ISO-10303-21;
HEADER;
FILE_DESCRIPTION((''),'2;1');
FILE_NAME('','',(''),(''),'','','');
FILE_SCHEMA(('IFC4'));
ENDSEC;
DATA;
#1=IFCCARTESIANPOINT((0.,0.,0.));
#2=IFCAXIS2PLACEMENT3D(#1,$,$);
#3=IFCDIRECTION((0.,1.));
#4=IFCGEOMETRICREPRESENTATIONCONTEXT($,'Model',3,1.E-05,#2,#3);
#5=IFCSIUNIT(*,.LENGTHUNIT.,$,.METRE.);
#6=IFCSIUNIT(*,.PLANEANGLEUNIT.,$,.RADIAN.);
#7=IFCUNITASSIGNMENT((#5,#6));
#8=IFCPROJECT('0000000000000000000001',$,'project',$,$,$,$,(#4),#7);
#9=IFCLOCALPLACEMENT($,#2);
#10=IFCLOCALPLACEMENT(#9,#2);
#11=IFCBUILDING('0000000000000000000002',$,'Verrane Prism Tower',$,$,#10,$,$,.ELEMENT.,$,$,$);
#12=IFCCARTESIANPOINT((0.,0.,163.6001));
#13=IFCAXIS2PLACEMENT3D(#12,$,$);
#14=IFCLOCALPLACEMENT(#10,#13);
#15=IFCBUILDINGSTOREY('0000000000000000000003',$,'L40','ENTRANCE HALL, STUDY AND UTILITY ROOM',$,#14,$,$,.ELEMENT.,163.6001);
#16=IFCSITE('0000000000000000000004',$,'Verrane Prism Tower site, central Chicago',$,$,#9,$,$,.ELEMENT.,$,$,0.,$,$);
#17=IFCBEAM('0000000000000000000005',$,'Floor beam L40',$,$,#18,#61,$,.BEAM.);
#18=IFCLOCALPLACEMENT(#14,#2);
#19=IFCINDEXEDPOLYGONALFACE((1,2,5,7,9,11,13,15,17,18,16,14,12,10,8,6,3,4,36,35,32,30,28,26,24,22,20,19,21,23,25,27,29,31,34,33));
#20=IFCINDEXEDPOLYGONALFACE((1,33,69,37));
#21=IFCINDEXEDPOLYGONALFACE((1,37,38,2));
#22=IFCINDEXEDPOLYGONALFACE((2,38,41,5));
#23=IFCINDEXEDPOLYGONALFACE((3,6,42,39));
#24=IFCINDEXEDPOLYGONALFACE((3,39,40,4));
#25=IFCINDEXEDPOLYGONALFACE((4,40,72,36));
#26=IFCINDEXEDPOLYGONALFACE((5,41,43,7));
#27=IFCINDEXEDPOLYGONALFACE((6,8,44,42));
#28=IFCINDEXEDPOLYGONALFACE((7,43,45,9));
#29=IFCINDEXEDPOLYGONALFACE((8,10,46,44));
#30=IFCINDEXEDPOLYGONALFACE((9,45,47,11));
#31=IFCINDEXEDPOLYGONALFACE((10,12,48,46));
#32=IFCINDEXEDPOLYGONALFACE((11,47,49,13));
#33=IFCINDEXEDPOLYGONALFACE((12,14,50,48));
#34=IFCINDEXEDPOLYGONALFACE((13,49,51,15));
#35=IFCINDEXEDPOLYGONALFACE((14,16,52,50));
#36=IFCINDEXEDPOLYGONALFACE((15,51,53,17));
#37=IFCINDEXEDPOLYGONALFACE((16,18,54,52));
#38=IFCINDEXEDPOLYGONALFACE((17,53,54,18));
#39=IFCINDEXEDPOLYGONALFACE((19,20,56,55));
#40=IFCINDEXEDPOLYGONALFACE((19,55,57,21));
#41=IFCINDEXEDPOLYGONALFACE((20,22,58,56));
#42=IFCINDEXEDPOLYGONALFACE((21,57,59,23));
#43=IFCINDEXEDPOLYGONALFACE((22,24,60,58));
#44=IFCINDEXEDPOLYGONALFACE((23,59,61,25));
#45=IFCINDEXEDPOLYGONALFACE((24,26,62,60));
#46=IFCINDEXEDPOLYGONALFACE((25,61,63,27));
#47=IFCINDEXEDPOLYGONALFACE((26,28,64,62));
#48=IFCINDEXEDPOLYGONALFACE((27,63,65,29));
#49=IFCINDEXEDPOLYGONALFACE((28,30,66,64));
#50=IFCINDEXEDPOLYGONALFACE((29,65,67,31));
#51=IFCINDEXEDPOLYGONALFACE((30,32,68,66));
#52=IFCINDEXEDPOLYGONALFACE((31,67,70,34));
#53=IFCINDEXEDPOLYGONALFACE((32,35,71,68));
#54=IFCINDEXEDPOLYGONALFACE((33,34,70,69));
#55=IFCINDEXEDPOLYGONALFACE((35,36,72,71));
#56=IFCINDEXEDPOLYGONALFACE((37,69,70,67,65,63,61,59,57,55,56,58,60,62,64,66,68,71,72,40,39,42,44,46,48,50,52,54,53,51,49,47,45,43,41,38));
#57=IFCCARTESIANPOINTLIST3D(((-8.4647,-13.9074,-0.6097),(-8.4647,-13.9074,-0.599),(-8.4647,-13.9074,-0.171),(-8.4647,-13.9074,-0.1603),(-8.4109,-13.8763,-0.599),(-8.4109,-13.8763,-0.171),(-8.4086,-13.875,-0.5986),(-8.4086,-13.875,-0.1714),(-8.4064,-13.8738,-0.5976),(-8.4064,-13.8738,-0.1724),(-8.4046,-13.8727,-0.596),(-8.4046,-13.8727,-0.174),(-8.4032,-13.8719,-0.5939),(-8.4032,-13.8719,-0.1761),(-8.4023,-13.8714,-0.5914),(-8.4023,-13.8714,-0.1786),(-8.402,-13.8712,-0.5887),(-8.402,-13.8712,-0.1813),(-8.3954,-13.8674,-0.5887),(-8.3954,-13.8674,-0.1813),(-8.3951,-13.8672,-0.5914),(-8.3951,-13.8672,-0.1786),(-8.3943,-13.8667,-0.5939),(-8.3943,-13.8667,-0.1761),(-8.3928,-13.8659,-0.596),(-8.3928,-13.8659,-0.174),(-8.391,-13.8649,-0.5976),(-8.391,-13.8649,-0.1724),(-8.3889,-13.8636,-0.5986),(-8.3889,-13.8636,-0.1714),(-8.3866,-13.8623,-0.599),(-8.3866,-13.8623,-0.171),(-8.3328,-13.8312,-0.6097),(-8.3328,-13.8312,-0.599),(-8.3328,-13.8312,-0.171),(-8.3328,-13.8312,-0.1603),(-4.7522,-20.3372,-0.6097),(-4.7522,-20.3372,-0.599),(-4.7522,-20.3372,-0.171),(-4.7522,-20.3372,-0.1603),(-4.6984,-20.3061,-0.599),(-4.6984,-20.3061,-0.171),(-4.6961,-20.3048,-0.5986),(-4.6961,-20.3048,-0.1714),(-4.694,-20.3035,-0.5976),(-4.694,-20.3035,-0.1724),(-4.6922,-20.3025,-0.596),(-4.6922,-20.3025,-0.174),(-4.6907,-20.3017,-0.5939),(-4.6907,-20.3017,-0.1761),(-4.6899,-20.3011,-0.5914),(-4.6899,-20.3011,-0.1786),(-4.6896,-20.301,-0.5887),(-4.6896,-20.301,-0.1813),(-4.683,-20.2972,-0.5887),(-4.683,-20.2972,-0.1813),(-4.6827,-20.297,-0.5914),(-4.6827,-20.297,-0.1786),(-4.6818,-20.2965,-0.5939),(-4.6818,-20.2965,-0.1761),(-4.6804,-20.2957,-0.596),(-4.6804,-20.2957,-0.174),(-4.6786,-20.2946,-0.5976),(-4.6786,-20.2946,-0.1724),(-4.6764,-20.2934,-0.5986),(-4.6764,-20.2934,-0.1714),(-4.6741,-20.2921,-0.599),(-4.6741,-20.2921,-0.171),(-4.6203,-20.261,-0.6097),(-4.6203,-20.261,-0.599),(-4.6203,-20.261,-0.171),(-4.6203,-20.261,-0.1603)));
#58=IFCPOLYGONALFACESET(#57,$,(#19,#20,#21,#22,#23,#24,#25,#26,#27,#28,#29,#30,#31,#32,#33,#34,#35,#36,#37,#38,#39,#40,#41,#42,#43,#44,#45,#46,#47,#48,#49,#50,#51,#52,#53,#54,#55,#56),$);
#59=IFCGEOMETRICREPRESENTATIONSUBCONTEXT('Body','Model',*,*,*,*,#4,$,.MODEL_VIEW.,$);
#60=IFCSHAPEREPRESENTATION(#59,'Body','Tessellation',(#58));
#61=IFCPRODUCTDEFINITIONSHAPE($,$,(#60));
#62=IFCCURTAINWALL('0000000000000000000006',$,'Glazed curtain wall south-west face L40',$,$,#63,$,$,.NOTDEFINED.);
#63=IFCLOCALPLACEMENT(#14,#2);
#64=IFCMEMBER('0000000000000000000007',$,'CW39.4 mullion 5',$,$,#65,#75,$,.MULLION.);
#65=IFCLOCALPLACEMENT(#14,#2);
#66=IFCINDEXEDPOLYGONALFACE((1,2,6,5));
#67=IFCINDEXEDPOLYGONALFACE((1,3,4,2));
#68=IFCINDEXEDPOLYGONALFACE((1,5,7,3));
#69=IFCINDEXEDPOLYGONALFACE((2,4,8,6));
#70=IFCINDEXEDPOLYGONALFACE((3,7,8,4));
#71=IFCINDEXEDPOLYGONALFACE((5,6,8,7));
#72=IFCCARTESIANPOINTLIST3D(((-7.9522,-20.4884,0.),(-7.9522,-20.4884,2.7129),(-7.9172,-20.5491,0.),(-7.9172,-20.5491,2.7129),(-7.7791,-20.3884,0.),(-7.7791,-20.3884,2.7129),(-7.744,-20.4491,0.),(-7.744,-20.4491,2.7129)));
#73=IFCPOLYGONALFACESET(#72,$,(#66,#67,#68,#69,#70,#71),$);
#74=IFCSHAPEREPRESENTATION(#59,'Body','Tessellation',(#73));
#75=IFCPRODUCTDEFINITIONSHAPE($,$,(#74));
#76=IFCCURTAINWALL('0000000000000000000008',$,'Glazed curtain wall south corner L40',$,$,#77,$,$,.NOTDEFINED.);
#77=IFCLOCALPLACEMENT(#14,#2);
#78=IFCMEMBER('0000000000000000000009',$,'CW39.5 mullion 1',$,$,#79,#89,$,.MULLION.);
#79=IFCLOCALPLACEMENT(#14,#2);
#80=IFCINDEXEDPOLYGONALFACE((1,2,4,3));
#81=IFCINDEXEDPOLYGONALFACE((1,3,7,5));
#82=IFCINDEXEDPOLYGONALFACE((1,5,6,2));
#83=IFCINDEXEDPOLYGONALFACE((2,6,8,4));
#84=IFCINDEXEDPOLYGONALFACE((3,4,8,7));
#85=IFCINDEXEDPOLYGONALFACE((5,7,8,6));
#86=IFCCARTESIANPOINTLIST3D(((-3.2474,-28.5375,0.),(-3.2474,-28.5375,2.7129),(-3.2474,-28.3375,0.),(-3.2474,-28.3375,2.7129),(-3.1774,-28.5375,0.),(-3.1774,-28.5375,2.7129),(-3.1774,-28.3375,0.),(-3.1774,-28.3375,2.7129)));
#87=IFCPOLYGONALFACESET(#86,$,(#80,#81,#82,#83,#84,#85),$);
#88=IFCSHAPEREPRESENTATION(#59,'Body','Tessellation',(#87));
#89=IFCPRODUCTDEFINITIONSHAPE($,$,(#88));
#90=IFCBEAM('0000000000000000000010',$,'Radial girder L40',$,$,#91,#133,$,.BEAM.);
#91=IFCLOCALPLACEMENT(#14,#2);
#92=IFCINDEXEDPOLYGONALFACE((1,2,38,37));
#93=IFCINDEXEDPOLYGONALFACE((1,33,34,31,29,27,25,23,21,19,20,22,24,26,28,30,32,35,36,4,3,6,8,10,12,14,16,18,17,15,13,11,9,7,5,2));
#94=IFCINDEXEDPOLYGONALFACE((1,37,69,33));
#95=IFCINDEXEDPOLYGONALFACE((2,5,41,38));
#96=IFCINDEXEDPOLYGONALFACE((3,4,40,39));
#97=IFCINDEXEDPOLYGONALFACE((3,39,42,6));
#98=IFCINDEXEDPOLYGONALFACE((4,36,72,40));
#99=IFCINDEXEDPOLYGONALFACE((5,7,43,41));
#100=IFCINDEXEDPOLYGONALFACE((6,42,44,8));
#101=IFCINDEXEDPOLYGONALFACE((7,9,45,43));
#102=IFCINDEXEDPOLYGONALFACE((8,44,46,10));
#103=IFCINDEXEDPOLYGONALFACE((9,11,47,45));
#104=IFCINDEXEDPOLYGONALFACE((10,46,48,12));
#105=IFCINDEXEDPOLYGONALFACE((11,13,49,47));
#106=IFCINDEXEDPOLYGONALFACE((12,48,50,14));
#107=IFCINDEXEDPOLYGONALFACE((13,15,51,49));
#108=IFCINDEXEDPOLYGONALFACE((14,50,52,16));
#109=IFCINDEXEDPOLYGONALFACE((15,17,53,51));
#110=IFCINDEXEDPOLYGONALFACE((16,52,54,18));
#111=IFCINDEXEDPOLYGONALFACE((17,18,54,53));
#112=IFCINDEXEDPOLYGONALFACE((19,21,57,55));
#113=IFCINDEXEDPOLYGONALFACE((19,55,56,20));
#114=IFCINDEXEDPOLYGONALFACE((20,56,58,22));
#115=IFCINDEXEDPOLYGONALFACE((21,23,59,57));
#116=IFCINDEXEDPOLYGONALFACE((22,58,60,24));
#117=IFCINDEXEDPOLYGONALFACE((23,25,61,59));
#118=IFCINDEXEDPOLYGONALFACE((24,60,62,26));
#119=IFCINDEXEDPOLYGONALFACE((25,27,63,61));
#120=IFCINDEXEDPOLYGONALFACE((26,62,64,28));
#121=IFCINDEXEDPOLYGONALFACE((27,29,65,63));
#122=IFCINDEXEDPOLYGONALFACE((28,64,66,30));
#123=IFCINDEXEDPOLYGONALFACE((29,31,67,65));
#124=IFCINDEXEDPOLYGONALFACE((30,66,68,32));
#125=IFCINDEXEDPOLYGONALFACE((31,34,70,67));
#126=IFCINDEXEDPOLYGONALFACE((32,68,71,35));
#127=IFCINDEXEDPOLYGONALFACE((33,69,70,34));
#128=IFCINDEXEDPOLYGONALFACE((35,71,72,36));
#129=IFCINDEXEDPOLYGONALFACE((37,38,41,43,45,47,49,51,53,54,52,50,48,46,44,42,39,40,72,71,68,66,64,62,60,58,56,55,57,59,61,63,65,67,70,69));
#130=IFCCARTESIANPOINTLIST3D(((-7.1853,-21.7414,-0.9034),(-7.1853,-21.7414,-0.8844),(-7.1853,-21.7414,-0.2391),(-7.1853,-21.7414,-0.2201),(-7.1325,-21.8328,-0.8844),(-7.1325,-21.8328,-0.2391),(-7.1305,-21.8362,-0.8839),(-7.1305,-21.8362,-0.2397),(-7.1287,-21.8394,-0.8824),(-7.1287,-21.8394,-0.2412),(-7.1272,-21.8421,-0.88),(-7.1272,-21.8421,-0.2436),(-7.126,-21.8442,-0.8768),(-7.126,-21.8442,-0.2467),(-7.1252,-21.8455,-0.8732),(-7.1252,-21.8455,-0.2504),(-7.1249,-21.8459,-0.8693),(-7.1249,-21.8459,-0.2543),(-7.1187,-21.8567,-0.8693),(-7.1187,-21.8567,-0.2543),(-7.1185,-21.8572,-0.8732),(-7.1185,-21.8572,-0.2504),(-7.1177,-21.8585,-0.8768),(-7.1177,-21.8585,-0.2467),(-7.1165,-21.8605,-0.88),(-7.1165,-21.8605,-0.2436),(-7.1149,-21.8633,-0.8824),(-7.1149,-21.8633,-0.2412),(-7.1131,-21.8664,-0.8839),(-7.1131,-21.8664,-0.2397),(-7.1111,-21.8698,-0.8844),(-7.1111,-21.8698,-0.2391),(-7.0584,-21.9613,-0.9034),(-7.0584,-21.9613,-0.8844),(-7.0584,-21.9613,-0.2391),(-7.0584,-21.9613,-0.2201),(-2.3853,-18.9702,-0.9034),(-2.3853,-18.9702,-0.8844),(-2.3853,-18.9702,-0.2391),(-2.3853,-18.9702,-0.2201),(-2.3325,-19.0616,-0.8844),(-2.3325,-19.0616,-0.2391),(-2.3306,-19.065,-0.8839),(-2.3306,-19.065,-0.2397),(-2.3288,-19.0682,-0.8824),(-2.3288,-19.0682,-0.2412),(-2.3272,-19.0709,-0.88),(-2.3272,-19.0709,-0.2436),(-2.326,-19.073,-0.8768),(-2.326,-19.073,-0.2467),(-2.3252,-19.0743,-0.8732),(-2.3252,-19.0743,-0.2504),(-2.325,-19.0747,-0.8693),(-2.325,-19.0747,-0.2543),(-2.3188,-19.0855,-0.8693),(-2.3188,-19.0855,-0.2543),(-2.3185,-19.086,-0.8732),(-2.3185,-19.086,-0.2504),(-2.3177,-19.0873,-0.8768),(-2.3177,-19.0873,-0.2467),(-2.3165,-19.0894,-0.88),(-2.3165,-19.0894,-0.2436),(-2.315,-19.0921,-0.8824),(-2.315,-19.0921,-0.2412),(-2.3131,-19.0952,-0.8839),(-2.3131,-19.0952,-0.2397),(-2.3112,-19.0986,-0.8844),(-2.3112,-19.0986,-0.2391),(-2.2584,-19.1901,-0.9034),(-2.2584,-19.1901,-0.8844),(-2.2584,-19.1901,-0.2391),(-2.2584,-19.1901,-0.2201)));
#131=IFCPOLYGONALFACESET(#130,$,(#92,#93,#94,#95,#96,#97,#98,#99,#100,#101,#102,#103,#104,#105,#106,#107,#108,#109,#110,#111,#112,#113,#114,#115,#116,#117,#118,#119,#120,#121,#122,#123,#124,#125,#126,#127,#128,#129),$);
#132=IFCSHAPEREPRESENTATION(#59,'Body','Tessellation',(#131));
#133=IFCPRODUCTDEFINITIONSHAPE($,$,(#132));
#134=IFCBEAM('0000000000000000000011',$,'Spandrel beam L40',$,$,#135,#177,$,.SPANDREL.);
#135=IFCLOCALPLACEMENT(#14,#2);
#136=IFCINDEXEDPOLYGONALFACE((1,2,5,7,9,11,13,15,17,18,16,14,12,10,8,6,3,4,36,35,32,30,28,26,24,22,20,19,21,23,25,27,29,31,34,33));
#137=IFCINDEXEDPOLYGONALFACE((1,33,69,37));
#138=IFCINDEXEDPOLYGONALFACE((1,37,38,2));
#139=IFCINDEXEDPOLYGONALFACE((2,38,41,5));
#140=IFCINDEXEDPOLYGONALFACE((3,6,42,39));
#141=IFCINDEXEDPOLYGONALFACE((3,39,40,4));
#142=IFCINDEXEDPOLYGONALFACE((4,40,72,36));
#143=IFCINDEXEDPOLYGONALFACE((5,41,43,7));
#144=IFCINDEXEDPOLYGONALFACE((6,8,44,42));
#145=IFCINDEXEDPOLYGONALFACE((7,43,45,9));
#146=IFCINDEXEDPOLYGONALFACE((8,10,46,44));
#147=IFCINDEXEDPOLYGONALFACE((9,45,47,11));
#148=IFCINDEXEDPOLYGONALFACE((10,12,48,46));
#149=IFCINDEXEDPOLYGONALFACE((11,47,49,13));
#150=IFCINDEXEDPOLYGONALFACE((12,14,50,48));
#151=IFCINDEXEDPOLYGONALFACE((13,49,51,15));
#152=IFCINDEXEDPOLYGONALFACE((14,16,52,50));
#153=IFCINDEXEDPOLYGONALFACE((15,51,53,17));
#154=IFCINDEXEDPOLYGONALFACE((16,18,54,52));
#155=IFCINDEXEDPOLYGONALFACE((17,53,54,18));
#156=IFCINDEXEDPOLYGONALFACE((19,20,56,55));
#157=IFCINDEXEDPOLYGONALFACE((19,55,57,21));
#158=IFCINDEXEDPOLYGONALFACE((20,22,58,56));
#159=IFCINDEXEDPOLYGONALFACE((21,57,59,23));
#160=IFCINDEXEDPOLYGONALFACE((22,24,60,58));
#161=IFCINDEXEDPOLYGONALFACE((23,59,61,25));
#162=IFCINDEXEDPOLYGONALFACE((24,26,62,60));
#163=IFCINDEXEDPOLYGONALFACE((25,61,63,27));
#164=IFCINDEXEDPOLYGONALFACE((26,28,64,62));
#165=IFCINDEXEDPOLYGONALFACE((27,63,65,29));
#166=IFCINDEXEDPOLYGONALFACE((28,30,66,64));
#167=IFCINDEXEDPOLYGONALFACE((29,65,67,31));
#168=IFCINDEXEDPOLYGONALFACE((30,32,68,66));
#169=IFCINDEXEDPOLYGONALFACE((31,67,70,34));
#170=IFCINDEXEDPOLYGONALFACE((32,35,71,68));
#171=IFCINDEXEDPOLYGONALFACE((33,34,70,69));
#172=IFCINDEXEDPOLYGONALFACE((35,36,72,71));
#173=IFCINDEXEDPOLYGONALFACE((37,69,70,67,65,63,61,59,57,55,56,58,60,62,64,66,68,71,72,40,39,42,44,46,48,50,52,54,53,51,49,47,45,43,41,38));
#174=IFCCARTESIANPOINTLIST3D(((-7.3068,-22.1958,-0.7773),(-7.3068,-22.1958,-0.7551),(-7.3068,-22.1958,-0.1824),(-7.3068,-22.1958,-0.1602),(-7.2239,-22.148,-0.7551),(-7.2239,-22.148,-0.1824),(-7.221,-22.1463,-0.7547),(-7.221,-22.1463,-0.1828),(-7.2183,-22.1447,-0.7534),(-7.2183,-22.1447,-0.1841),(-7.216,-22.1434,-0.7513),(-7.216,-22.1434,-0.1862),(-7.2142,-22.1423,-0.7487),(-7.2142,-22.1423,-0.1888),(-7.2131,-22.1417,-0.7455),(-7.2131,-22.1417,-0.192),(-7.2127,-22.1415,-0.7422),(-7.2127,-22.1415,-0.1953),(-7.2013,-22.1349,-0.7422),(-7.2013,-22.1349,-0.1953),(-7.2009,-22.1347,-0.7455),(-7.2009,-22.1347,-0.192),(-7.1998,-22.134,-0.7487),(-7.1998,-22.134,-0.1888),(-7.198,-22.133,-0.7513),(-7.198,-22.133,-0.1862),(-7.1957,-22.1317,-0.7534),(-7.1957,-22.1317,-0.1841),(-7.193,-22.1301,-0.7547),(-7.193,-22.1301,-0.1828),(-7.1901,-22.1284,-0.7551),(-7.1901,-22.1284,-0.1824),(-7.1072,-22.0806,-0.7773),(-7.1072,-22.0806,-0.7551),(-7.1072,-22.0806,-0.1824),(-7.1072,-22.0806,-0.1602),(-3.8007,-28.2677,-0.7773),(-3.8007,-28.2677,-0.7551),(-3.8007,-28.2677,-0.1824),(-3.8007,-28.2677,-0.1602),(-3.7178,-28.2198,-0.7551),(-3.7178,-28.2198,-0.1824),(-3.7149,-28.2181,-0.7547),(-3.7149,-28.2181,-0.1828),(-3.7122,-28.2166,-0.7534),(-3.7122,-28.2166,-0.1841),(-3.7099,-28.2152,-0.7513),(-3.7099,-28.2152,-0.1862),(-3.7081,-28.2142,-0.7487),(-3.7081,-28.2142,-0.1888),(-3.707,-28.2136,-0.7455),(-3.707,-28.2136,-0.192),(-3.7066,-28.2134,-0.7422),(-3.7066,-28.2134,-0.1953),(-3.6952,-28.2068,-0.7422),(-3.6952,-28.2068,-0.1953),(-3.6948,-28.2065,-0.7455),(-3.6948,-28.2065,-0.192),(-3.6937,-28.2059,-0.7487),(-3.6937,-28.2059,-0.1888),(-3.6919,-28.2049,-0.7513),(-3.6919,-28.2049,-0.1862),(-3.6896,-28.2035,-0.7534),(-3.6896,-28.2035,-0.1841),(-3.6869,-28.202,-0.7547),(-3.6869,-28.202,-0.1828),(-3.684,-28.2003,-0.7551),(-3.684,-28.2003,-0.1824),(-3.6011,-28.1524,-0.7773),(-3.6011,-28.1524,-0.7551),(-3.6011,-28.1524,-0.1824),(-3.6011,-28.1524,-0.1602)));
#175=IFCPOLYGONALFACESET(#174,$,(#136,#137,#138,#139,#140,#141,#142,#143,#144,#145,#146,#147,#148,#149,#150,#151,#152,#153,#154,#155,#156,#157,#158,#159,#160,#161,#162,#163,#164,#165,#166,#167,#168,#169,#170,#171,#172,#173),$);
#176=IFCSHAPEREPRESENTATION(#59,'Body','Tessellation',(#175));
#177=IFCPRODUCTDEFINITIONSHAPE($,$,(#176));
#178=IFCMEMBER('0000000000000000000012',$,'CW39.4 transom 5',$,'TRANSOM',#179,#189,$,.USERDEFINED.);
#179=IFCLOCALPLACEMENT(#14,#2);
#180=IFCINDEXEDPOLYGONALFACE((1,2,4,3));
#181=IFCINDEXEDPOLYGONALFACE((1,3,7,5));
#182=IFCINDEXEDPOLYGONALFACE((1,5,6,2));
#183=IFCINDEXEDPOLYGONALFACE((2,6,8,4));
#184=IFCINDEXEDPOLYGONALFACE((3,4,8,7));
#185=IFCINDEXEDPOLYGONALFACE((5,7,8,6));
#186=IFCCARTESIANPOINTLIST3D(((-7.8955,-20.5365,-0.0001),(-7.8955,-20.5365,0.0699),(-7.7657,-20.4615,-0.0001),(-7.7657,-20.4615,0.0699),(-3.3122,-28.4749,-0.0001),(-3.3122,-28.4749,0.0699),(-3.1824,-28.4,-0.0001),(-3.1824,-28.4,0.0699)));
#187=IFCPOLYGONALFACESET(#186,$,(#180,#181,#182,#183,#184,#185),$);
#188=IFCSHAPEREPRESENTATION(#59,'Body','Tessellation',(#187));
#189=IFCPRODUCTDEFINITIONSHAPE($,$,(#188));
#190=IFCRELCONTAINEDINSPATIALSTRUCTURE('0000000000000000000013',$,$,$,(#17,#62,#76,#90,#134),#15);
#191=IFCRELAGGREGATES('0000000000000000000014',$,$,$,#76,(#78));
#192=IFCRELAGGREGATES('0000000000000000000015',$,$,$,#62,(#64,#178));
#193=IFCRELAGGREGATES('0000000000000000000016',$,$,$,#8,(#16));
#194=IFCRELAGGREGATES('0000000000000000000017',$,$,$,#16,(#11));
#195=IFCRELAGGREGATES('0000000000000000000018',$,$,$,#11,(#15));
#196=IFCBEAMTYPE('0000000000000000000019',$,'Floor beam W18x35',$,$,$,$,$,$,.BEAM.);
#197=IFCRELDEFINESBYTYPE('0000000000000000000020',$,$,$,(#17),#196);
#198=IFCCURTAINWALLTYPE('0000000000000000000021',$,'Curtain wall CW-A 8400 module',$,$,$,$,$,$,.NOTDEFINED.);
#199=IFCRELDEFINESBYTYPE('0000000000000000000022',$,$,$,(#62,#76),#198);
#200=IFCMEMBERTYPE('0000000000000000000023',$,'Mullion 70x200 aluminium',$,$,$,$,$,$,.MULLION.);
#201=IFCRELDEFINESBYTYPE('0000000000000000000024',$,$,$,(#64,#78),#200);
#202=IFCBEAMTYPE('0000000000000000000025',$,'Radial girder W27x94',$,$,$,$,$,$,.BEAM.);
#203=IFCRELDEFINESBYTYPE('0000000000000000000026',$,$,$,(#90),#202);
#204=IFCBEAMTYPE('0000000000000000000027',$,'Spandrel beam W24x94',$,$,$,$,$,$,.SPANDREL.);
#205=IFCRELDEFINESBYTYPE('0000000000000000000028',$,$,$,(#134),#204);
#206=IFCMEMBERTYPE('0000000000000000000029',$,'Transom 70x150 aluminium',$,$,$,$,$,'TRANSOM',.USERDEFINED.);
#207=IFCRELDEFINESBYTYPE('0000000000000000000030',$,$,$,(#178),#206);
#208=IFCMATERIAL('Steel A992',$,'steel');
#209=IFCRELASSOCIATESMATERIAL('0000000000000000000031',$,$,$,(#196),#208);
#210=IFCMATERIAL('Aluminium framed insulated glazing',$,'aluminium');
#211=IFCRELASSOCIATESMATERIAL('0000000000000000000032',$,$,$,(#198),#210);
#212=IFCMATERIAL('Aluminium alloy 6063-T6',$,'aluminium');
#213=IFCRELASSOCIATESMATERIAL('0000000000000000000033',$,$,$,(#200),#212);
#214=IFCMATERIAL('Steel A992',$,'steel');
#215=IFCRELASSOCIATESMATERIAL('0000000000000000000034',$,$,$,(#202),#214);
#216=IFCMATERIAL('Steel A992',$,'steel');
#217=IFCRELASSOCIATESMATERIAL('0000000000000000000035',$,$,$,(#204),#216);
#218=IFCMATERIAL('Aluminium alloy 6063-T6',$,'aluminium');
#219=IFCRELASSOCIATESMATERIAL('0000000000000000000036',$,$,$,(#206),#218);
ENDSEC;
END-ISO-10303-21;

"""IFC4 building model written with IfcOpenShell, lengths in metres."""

from ifc_helpers import new_model, si_unit, direction, frame, origin, origin_2d, place, context, subcontext, project, spatial, rectangle, i_section, extrude, material, material_profile, profile_set, type_object, element, aggregate, save


model = new_model("IFC4")

# Units and contexts
model_context = context("Model", 3, precision=1e-05, world=origin(), true_north=direction((0.0, 1.0)))
body_context = subcontext(model_context, "Body", "Model", "MODEL_VIEW")
ifc_project = project(units=[si_unit("LENGTHUNIT", "METRE"), si_unit("PLANEANGLEUNIT", "RADIAN")], contexts=[model_context])

# Site, building, storey
site_placement = place(None, origin())
site = spatial("IfcSite", under=ifc_project, at=site_placement, Name="Verrane Prism Tower site, central Chicago", CompositionType="ELEMENT", RefElevation=0.0)
building_placement = place(site_placement, origin())
building = spatial("IfcBuilding", under=site, at=building_placement, Name="Verrane Prism Tower", CompositionType="ELEMENT")
storey_placement = place(building_placement, frame((0.0, 0.0, 163.6001)))
storey = spatial("IfcBuildingStorey", under=building, at=storey_placement, Name="L40", Description="ENTRANCE HALL, STUDY AND UTILITY ROOM", CompositionType="ELEMENT", Elevation=163.6001)

# Beam
ifc_material_1 = material(Name="Steel A992", Category="steel")
ifc_material_profile_1 = material_profile(ifc_material_1, i_section(OverallWidth=0.1523, OverallDepth=0.4495, WebThickness=0.0076, FlangeThickness=0.0107, FilletRadius=0.0103, at=origin_2d()), Name="W18x35")
ifc_profile_set_1 = profile_set([ifc_material_profile_1], Name="Steel A992")
beam_type_1 = type_object("IfcBeamType", Name="Floor beam W18x35", PredefinedType="BEAM", material=ifc_profile_set_1)
beam_1_placement = place(storey_placement, frame((-4.6863, -20.2991, -0.385), z_axis=(-0.500022, 0.866013, 0.0), x_axis=(-0.866013, -0.500022, 0.0)))
element("IfcBeam", 1, at=beam_1_placement, inside=storey, type_object=beam_type_1, Name="Floor beam L40", PredefinedType="BEAM", context=body_context, shape_type="SweptSolid", body=[
    extrude(i_section(OverallWidth=0.1523, OverallDepth=0.4495, WebThickness=0.0076, FlangeThickness=0.0107, FilletRadius=0.0103, at=origin_2d()), origin(), (0.0, 0.0, 1.0), 7.4246),
])

# Curtain walls, members
ifc_material_2 = material(Name="Aluminium framed insulated glazing", Category="aluminium")
curtain_wall_type = type_object("IfcCurtainWallType", Name="Curtain wall CW-A 8400 module", PredefinedType="NOTDEFINED", material=ifc_material_2)
curtain_wall_1_placement = place(storey_placement, origin())
curtain_wall_1 = element("IfcCurtainWall", 2, at=curtain_wall_1_placement, inside=storey, type_object=curtain_wall_type, Name="Glazed curtain wall south-west face L40", PredefinedType="NOTDEFINED")
ifc_material_3 = material(Name="Aluminium alloy 6063-T6", Category="aluminium")
ifc_material_profile_2 = material_profile(ifc_material_3, rectangle(XDim=0.2, YDim=0.0701, at=origin_2d()), Name="Mullion 70x200 aluminium")
ifc_profile_set_2 = profile_set([ifc_material_profile_2], Name="Aluminium alloy 6063-T6")
member_type_1 = type_object("IfcMemberType", Name="Mullion 70x200 aluminium", PredefinedType="MULLION", material=ifc_profile_set_2)
member_1_placement = place(storey_placement, frame((-7.8481, -20.4688, 0.0), z_axis=(0.0, 0.0, 1.0), x_axis=(0.866026, 0.499999, 0.0)))
member_1 = element("IfcMember", 3, at=member_1_placement, type_object=member_type_1, Name="CW39.4 mullion 5", PredefinedType="MULLION", context=body_context, shape_type="SweptSolid", body=[
    extrude(rectangle(XDim=0.2, YDim=0.0701, at=origin_2d()), origin(), (0.0, 0.0, 1.0), 2.7129),
])
curtain_wall_2_placement = place(storey_placement, origin())
curtain_wall_2 = element("IfcCurtainWall", 4, at=curtain_wall_2_placement, inside=storey, type_object=curtain_wall_type, Name="Glazed curtain wall south corner L40", PredefinedType="NOTDEFINED")
member_2_placement = place(storey_placement, frame((-3.2124, -28.4375, 0.0), z_axis=(0.0, 0.0, 1.0), x_axis=(0.0, 1.0, 0.0)))
member_2 = element("IfcMember", 5, at=member_2_placement, type_object=member_type_1, Name="CW39.5 mullion 1", PredefinedType="MULLION", context=body_context, shape_type="SweptSolid", body=[
    extrude(rectangle(XDim=0.2, YDim=0.0701, at=origin_2d()), origin(), (0.0, 0.0, 1.0), 2.7129),
])

# Beams
ifc_material_4 = material(Name="Steel A992", Category="steel")
ifc_material_profile_3 = material_profile(ifc_material_4, i_section(OverallWidth=0.2539, OverallDepth=0.6833, WebThickness=0.0125, FlangeThickness=0.019, FilletRadius=0.0151, at=origin_2d()), Name="W27x94")
ifc_profile_set_3 = profile_set([ifc_material_profile_3], Name="Steel A992")
beam_type_2 = type_object("IfcBeamType", Name="Radial girder W27x94", PredefinedType="BEAM", material=ifc_profile_set_3)
beam_2_placement = place(storey_placement, frame((-7.1218, -21.8513, -0.5618), z_axis=(0.866031, 0.499991, 0.0), x_axis=(-0.499991, 0.866031, 0.0)))
element("IfcBeam", 6, at=beam_2_placement, inside=storey, type_object=beam_type_2, Name="Radial girder L40", PredefinedType="BEAM", context=body_context, shape_type="SweptSolid", body=[
    extrude(i_section(OverallWidth=0.2539, OverallDepth=0.6833, WebThickness=0.0125, FlangeThickness=0.019, FilletRadius=0.0151, at=origin_2d()), origin(), (0.0, 0.0, 1.0), 5.5425),
])
ifc_material_5 = material(Name="Steel A992", Category="steel")
ifc_material_profile_4 = material_profile(ifc_material_5, i_section(OverallWidth=0.2305, OverallDepth=0.6172, WebThickness=0.0132, FlangeThickness=0.0222, FilletRadius=0.0129, at=origin_2d()), Name="W24x94")
ifc_profile_set_4 = profile_set([ifc_material_profile_4], Name="Steel A992")
beam_type_3 = type_object("IfcBeamType", Name="Spandrel beam W24x94", PredefinedType="SPANDREL", material=ifc_profile_set_4)
beam_3_placement = place(storey_placement, frame((-7.207, -22.1382, -0.4688), z_axis=(0.50006, -0.865991, 0.0), x_axis=(0.865991, 0.50006, 0.0)))
element("IfcBeam", 7, at=beam_3_placement, inside=storey, type_object=beam_type_3, Name="Spandrel beam L40", PredefinedType="SPANDREL", context=body_context, shape_type="SweptSolid", body=[
    extrude(i_section(OverallWidth=0.2305, OverallDepth=0.6172, WebThickness=0.0132, FlangeThickness=0.0222, FilletRadius=0.0129, at=origin_2d()), origin(), (0.0, 0.0, 1.0), 7.0115),
])

# Member
ifc_material_6 = material(Name="Aluminium alloy 6063-T6", Category="aluminium")
ifc_material_profile_5 = material_profile(ifc_material_6, rectangle(XDim=0.1499, YDim=0.0701, at=origin_2d()), Name="Transom 70x150 aluminium")
ifc_profile_set_5 = profile_set([ifc_material_profile_5], Name="Aluminium alloy 6063-T6")
member_type_2 = type_object("IfcMemberType", Name="Transom 70x150 aluminium", ElementType="TRANSOM", PredefinedType="USERDEFINED", material=ifc_profile_set_5)
member_3_placement = place(storey_placement, frame((-7.8306, -20.499, 0.0349), z_axis=(0.499998, -0.866027, 0.0), x_axis=(0.866027, 0.499998, 0.0)))
member_3 = element("IfcMember", 8, at=member_3_placement, type_object=member_type_2, Name="CW39.4 transom 5", ObjectType="TRANSOM", PredefinedType="USERDEFINED", context=body_context, shape_type="SweptSolid", body=[
    extrude(rectangle(XDim=0.1499, YDim=0.0701, at=origin_2d()), origin(), (0.0, 0.0, 1.0), 9.1665),
])
aggregate(curtain_wall_2, [member_2])

aggregate(curtain_wall_1, [member_1, member_3])

save(model, "model.ifc")
